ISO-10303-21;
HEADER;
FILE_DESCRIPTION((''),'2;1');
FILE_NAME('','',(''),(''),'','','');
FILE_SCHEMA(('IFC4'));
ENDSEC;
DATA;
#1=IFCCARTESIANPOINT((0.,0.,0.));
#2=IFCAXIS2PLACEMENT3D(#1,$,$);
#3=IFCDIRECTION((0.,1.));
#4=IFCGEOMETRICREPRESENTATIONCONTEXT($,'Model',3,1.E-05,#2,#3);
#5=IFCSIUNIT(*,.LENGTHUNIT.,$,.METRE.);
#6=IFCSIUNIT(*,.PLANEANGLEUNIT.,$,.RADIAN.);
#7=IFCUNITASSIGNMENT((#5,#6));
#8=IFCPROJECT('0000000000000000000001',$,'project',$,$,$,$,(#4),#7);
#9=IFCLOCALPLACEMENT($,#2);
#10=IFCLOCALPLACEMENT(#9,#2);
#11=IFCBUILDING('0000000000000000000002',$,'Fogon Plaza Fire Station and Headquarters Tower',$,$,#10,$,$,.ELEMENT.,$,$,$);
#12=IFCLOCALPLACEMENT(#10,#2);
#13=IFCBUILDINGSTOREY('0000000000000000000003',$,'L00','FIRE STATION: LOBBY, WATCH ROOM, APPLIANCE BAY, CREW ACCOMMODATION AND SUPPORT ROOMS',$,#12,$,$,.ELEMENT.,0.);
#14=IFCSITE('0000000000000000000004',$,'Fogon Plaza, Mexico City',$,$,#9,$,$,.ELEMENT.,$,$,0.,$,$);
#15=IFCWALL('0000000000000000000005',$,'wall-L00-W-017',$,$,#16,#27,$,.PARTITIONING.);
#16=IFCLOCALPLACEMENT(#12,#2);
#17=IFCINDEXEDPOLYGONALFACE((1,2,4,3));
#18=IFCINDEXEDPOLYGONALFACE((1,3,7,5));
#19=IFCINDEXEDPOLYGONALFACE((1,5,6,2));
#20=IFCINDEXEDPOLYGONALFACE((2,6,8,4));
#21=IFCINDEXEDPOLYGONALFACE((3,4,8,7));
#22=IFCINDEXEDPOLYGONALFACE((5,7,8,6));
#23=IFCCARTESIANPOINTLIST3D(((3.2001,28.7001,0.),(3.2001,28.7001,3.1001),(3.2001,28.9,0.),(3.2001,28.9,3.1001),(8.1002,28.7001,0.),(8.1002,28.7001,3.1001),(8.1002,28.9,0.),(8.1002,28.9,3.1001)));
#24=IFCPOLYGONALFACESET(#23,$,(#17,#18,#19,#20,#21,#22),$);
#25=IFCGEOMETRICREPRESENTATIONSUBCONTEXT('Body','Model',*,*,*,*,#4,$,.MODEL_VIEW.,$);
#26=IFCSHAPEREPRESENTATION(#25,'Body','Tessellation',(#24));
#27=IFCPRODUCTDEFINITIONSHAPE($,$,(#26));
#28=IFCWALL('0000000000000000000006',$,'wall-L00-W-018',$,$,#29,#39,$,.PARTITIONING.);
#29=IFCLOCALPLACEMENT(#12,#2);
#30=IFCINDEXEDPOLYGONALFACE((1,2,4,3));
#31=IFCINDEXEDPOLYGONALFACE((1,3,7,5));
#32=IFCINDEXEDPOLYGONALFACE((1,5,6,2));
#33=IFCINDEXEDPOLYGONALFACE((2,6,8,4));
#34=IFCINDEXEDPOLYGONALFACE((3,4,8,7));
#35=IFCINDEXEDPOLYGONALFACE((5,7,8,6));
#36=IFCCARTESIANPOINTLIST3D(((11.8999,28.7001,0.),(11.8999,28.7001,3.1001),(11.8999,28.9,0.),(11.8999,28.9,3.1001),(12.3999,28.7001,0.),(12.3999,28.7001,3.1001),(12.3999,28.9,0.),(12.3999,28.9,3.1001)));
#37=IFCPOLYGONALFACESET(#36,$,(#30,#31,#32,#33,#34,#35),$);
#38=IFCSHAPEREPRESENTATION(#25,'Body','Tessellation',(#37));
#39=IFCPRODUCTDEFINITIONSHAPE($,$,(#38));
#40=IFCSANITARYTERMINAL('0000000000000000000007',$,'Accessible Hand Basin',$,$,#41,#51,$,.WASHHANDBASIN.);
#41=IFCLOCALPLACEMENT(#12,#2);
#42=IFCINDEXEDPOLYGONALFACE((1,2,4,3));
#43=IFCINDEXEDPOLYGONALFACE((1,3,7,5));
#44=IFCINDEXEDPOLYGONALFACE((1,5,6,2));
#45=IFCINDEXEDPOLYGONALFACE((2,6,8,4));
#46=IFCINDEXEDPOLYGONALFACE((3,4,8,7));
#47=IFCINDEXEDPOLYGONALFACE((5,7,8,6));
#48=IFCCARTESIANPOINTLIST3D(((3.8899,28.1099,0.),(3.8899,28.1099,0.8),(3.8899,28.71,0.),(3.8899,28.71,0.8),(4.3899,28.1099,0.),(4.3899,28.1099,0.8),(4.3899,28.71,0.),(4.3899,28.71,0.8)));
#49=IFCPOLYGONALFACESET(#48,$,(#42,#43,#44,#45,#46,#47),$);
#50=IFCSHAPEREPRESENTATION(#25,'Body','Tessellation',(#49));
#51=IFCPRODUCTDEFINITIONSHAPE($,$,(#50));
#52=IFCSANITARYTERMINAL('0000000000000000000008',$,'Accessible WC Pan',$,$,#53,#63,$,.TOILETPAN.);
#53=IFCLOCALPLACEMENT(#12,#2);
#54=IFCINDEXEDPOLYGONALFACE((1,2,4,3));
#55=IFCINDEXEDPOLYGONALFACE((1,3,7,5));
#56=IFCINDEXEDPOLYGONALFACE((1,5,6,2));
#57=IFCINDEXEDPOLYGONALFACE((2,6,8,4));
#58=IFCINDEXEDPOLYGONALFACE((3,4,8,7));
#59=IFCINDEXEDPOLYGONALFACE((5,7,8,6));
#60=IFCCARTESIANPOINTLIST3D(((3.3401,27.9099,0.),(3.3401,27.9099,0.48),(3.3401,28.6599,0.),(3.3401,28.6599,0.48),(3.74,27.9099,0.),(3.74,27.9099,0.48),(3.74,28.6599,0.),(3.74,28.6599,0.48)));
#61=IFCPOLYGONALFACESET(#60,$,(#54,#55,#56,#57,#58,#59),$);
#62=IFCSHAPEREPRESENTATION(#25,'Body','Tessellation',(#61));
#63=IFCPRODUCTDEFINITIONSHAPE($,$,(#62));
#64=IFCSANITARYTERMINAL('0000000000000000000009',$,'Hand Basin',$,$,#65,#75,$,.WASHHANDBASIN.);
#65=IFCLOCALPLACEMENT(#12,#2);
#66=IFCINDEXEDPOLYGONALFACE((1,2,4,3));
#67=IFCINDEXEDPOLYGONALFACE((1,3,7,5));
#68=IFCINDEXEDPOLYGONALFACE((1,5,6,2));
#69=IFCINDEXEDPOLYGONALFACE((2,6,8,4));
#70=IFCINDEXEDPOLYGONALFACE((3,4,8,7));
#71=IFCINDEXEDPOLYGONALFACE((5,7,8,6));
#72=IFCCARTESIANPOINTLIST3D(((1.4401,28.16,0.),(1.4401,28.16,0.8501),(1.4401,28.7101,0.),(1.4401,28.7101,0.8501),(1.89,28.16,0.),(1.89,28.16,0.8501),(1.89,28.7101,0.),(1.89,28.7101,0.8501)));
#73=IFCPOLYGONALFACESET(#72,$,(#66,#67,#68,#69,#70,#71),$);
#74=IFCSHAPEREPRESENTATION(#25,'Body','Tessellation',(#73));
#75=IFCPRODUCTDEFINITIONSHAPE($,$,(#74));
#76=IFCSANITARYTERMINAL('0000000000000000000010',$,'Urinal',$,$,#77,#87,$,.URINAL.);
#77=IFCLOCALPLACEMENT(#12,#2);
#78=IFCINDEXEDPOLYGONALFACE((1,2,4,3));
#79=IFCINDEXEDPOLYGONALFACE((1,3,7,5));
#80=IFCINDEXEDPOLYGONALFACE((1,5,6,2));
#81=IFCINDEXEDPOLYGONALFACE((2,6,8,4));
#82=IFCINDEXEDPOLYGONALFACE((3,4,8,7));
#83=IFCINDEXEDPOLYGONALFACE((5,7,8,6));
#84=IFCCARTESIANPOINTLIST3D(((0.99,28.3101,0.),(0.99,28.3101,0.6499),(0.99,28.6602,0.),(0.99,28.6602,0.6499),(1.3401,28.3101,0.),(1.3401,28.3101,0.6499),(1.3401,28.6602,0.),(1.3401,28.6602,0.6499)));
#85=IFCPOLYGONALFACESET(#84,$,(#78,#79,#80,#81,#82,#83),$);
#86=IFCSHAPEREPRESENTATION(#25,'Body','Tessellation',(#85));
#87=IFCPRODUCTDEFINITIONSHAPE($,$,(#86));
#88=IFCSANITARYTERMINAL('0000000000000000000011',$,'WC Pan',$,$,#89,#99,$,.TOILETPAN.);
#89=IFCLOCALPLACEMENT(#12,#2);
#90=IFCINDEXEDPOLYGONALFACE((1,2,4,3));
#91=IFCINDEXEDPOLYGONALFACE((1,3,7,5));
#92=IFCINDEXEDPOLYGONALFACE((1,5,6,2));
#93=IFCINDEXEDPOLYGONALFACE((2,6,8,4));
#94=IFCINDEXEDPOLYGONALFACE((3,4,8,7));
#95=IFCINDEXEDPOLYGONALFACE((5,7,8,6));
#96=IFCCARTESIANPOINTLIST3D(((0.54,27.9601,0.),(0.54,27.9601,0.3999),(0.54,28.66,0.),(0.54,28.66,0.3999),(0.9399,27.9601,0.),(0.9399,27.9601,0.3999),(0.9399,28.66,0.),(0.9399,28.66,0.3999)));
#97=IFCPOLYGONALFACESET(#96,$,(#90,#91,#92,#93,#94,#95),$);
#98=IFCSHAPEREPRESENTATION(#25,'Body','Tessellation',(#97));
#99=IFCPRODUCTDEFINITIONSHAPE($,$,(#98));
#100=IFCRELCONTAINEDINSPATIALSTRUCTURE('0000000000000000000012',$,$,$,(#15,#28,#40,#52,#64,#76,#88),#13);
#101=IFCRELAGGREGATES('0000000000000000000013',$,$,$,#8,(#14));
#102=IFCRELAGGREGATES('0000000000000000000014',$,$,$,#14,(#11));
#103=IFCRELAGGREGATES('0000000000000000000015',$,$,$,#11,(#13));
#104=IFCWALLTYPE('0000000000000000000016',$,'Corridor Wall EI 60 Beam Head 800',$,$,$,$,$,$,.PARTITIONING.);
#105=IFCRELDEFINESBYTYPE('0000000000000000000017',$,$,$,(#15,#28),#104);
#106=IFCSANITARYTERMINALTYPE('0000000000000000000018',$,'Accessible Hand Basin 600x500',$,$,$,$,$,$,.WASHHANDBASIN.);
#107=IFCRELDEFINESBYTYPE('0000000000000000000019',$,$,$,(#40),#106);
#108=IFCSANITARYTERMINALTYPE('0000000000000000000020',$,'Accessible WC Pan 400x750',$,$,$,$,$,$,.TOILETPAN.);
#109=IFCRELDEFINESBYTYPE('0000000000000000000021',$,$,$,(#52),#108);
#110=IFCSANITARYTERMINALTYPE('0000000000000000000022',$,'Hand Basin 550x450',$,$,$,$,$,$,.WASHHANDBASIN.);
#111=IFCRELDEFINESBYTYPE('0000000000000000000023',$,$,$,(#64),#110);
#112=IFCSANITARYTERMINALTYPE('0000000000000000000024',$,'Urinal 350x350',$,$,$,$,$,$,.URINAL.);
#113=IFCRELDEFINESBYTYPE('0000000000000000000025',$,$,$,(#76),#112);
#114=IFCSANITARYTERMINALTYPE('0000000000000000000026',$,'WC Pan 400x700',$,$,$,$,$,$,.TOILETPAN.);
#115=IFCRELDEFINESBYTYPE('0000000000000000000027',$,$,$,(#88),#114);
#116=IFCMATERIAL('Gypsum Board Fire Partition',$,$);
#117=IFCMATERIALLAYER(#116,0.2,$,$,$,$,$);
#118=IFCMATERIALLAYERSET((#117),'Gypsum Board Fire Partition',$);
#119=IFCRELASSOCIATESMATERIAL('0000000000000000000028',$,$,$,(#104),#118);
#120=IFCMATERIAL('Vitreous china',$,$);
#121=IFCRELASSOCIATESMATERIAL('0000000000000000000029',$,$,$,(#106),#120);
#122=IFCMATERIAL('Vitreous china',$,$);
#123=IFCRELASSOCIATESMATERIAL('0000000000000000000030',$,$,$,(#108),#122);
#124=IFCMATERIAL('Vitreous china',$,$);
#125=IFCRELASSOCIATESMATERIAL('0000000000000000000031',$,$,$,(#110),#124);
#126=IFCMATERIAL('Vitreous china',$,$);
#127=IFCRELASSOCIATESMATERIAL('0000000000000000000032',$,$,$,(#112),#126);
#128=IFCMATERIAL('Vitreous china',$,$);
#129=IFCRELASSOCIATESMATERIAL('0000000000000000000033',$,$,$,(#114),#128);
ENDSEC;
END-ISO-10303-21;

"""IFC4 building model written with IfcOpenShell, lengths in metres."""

from ifc_helpers import new_model, si_unit, direction, frame, frame_2d, origin, origin_2d, place, context, subcontext, project, spatial, rectangle, extrude, material, layer, layer_set, type_object, element, save


model = new_model("IFC4")

# Units and contexts
model_context = context("Model", 3, precision=1e-05, world=origin(), true_north=direction((0.0, 1.0)))
body_context = subcontext(model_context, "Body", "Model", "MODEL_VIEW")
ifc_project = project(units=[si_unit("LENGTHUNIT", "METRE"), si_unit("PLANEANGLEUNIT", "RADIAN")], contexts=[model_context])

# Site, building, storey
site_placement = place(None, origin())
site = spatial("IfcSite", under=ifc_project, at=site_placement, Name="Fogon Plaza, Mexico City", CompositionType="ELEMENT", RefElevation=0.0)
building_placement = place(site_placement, origin())
building = spatial("IfcBuilding", under=site, at=building_placement, Name="Fogon Plaza Fire Station and Headquarters Tower", CompositionType="ELEMENT")
storey_placement = place(building_placement, origin())
storey = spatial("IfcBuildingStorey", under=building, at=storey_placement, Name="L00", Description="FIRE STATION: LOBBY, WATCH ROOM, APPLIANCE BAY, CREW ACCOMMODATION AND SUPPORT ROOMS", CompositionType="ELEMENT", Elevation=0.0)

# Walls
ifc_material_1 = material(Name="Gypsum Board Fire Partition")
ifc_layer_1 = layer(ifc_material_1, 0.2)
ifc_layer_set_1 = layer_set([ifc_layer_1], Name="Gypsum Board Fire Partition")
wall_type_1 = type_object("IfcWallType", Name="Corridor Wall EI 60 Beam Head 800", PredefinedType="PARTITIONING", material=ifc_layer_set_1)
wall_1_placement = place(storey_placement, frame((3.2, 28.8, 0.0), z_axis=(0.0, 0.0, 1.0), x_axis=(1.0, 0.0, 0.0)))
element("IfcWall", 1, at=wall_1_placement, inside=storey, type_object=wall_type_1, Name="wall-L00-W-017", PredefinedType="PARTITIONING", context=body_context, shape_type="SweptSolid", body=[
    extrude(rectangle(XDim=4.9001, YDim=0.2, at=frame_2d((2.4502, 0.0))), origin(), (0.0, 0.0, 1.0), 3.1001),
])
wall_2_placement = place(storey_placement, frame((11.8999, 28.8, 0.0), z_axis=(0.0, 0.0, 1.0), x_axis=(1.0, 0.0, 0.0)))
element("IfcWall", 2, at=wall_2_placement, inside=storey, type_object=wall_type_1, Name="wall-L00-W-018", PredefinedType="PARTITIONING", context=body_context, shape_type="SweptSolid", body=[
    extrude(rectangle(XDim=0.5, YDim=0.2, at=frame_2d((0.25, 0.0))), origin(), (0.0, 0.0, 1.0), 3.1001),
])

# Sanitary terminals
ifc_material_2 = material(Name="Vitreous china")
sanitary_terminal_type_1 = type_object("IfcSanitaryTerminalType", Name="Accessible Hand Basin 600x500", PredefinedType="WASHHANDBASIN", material=ifc_material_2)
sanitary_terminal_1_placement = place(storey_placement, frame((4.1399, 28.4099, 0.0), z_axis=(0.0, 0.0, 1.0), x_axis=(1.0, 0.0, 0.0)))
element("IfcSanitaryTerminal", 3, at=sanitary_terminal_1_placement, inside=storey, type_object=sanitary_terminal_type_1, Name="Accessible Hand Basin", PredefinedType="WASHHANDBASIN", context=body_context, shape_type="SweptSolid", body=[
    extrude(rectangle(XDim=0.5, YDim=0.6001, at=origin_2d()), origin(), (0.0, 0.0, 1.0), 0.8),
])
ifc_material_3 = material(Name="Vitreous china")
sanitary_terminal_type_2 = type_object("IfcSanitaryTerminalType", Name="Accessible WC Pan 400x750", PredefinedType="TOILETPAN", material=ifc_material_3)
sanitary_terminal_2_placement = place(storey_placement, frame((3.54, 28.2849, 0.0), z_axis=(0.0, 0.0, 1.0), x_axis=(1.0, 0.0, 0.0)))
element("IfcSanitaryTerminal", 4, at=sanitary_terminal_2_placement, inside=storey, type_object=sanitary_terminal_type_2, Name="Accessible WC Pan", PredefinedType="TOILETPAN", context=body_context, shape_type="SweptSolid", body=[
    extrude(rectangle(XDim=0.3999, YDim=0.75, at=origin_2d()), origin(), (0.0, 0.0, 1.0), 0.48),
])
ifc_material_4 = material(Name="Vitreous china")
sanitary_terminal_type_3 = type_object("IfcSanitaryTerminalType", Name="Hand Basin 550x450", PredefinedType="WASHHANDBASIN", material=ifc_material_4)
sanitary_terminal_3_placement = place(storey_placement, frame((1.665, 28.4351, 0.0), z_axis=(0.0, 0.0, 1.0), x_axis=(1.0, 0.0, 0.0)))
element("IfcSanitaryTerminal", 5, at=sanitary_terminal_3_placement, inside=storey, type_object=sanitary_terminal_type_3, Name="Hand Basin", PredefinedType="WASHHANDBASIN", context=body_context, shape_type="SweptSolid", body=[
    extrude(rectangle(XDim=0.45, YDim=0.55, at=origin_2d()), origin(), (0.0, 0.0, 1.0), 0.8501),
])
ifc_material_5 = material(Name="Vitreous china")
sanitary_terminal_type_4 = type_object("IfcSanitaryTerminalType", Name="Urinal 350x350", PredefinedType="URINAL", material=ifc_material_5)
sanitary_terminal_4_placement = place(storey_placement, frame((1.165, 28.4851, 0.0), z_axis=(0.0, 0.0, 1.0), x_axis=(1.0, 0.0, 0.0)))
element("IfcSanitaryTerminal", 6, at=sanitary_terminal_4_placement, inside=storey, type_object=sanitary_terminal_type_4, Name="Urinal", PredefinedType="URINAL", context=body_context, shape_type="SweptSolid", body=[
    extrude(rectangle(XDim=0.3501, YDim=0.3501, at=origin_2d()), origin(), (0.0, 0.0, 1.0), 0.6499),
])
ifc_material_6 = material(Name="Vitreous china")
sanitary_terminal_type_5 = type_object("IfcSanitaryTerminalType", Name="WC Pan 400x700", PredefinedType="TOILETPAN", material=ifc_material_6)
sanitary_terminal_5_placement = place(storey_placement, frame((0.74, 28.3101, 0.0), z_axis=(0.0, 0.0, 1.0), x_axis=(1.0, 0.0, 0.0)))
element("IfcSanitaryTerminal", 7, at=sanitary_terminal_5_placement, inside=storey, type_object=sanitary_terminal_type_5, Name="WC Pan", PredefinedType="TOILETPAN", context=body_context, shape_type="SweptSolid", body=[
    extrude(rectangle(XDim=0.3999, YDim=0.7, at=origin_2d()), origin(), (0.0, 0.0, 1.0), 0.3999),
])

save(model, "model.ifc")
